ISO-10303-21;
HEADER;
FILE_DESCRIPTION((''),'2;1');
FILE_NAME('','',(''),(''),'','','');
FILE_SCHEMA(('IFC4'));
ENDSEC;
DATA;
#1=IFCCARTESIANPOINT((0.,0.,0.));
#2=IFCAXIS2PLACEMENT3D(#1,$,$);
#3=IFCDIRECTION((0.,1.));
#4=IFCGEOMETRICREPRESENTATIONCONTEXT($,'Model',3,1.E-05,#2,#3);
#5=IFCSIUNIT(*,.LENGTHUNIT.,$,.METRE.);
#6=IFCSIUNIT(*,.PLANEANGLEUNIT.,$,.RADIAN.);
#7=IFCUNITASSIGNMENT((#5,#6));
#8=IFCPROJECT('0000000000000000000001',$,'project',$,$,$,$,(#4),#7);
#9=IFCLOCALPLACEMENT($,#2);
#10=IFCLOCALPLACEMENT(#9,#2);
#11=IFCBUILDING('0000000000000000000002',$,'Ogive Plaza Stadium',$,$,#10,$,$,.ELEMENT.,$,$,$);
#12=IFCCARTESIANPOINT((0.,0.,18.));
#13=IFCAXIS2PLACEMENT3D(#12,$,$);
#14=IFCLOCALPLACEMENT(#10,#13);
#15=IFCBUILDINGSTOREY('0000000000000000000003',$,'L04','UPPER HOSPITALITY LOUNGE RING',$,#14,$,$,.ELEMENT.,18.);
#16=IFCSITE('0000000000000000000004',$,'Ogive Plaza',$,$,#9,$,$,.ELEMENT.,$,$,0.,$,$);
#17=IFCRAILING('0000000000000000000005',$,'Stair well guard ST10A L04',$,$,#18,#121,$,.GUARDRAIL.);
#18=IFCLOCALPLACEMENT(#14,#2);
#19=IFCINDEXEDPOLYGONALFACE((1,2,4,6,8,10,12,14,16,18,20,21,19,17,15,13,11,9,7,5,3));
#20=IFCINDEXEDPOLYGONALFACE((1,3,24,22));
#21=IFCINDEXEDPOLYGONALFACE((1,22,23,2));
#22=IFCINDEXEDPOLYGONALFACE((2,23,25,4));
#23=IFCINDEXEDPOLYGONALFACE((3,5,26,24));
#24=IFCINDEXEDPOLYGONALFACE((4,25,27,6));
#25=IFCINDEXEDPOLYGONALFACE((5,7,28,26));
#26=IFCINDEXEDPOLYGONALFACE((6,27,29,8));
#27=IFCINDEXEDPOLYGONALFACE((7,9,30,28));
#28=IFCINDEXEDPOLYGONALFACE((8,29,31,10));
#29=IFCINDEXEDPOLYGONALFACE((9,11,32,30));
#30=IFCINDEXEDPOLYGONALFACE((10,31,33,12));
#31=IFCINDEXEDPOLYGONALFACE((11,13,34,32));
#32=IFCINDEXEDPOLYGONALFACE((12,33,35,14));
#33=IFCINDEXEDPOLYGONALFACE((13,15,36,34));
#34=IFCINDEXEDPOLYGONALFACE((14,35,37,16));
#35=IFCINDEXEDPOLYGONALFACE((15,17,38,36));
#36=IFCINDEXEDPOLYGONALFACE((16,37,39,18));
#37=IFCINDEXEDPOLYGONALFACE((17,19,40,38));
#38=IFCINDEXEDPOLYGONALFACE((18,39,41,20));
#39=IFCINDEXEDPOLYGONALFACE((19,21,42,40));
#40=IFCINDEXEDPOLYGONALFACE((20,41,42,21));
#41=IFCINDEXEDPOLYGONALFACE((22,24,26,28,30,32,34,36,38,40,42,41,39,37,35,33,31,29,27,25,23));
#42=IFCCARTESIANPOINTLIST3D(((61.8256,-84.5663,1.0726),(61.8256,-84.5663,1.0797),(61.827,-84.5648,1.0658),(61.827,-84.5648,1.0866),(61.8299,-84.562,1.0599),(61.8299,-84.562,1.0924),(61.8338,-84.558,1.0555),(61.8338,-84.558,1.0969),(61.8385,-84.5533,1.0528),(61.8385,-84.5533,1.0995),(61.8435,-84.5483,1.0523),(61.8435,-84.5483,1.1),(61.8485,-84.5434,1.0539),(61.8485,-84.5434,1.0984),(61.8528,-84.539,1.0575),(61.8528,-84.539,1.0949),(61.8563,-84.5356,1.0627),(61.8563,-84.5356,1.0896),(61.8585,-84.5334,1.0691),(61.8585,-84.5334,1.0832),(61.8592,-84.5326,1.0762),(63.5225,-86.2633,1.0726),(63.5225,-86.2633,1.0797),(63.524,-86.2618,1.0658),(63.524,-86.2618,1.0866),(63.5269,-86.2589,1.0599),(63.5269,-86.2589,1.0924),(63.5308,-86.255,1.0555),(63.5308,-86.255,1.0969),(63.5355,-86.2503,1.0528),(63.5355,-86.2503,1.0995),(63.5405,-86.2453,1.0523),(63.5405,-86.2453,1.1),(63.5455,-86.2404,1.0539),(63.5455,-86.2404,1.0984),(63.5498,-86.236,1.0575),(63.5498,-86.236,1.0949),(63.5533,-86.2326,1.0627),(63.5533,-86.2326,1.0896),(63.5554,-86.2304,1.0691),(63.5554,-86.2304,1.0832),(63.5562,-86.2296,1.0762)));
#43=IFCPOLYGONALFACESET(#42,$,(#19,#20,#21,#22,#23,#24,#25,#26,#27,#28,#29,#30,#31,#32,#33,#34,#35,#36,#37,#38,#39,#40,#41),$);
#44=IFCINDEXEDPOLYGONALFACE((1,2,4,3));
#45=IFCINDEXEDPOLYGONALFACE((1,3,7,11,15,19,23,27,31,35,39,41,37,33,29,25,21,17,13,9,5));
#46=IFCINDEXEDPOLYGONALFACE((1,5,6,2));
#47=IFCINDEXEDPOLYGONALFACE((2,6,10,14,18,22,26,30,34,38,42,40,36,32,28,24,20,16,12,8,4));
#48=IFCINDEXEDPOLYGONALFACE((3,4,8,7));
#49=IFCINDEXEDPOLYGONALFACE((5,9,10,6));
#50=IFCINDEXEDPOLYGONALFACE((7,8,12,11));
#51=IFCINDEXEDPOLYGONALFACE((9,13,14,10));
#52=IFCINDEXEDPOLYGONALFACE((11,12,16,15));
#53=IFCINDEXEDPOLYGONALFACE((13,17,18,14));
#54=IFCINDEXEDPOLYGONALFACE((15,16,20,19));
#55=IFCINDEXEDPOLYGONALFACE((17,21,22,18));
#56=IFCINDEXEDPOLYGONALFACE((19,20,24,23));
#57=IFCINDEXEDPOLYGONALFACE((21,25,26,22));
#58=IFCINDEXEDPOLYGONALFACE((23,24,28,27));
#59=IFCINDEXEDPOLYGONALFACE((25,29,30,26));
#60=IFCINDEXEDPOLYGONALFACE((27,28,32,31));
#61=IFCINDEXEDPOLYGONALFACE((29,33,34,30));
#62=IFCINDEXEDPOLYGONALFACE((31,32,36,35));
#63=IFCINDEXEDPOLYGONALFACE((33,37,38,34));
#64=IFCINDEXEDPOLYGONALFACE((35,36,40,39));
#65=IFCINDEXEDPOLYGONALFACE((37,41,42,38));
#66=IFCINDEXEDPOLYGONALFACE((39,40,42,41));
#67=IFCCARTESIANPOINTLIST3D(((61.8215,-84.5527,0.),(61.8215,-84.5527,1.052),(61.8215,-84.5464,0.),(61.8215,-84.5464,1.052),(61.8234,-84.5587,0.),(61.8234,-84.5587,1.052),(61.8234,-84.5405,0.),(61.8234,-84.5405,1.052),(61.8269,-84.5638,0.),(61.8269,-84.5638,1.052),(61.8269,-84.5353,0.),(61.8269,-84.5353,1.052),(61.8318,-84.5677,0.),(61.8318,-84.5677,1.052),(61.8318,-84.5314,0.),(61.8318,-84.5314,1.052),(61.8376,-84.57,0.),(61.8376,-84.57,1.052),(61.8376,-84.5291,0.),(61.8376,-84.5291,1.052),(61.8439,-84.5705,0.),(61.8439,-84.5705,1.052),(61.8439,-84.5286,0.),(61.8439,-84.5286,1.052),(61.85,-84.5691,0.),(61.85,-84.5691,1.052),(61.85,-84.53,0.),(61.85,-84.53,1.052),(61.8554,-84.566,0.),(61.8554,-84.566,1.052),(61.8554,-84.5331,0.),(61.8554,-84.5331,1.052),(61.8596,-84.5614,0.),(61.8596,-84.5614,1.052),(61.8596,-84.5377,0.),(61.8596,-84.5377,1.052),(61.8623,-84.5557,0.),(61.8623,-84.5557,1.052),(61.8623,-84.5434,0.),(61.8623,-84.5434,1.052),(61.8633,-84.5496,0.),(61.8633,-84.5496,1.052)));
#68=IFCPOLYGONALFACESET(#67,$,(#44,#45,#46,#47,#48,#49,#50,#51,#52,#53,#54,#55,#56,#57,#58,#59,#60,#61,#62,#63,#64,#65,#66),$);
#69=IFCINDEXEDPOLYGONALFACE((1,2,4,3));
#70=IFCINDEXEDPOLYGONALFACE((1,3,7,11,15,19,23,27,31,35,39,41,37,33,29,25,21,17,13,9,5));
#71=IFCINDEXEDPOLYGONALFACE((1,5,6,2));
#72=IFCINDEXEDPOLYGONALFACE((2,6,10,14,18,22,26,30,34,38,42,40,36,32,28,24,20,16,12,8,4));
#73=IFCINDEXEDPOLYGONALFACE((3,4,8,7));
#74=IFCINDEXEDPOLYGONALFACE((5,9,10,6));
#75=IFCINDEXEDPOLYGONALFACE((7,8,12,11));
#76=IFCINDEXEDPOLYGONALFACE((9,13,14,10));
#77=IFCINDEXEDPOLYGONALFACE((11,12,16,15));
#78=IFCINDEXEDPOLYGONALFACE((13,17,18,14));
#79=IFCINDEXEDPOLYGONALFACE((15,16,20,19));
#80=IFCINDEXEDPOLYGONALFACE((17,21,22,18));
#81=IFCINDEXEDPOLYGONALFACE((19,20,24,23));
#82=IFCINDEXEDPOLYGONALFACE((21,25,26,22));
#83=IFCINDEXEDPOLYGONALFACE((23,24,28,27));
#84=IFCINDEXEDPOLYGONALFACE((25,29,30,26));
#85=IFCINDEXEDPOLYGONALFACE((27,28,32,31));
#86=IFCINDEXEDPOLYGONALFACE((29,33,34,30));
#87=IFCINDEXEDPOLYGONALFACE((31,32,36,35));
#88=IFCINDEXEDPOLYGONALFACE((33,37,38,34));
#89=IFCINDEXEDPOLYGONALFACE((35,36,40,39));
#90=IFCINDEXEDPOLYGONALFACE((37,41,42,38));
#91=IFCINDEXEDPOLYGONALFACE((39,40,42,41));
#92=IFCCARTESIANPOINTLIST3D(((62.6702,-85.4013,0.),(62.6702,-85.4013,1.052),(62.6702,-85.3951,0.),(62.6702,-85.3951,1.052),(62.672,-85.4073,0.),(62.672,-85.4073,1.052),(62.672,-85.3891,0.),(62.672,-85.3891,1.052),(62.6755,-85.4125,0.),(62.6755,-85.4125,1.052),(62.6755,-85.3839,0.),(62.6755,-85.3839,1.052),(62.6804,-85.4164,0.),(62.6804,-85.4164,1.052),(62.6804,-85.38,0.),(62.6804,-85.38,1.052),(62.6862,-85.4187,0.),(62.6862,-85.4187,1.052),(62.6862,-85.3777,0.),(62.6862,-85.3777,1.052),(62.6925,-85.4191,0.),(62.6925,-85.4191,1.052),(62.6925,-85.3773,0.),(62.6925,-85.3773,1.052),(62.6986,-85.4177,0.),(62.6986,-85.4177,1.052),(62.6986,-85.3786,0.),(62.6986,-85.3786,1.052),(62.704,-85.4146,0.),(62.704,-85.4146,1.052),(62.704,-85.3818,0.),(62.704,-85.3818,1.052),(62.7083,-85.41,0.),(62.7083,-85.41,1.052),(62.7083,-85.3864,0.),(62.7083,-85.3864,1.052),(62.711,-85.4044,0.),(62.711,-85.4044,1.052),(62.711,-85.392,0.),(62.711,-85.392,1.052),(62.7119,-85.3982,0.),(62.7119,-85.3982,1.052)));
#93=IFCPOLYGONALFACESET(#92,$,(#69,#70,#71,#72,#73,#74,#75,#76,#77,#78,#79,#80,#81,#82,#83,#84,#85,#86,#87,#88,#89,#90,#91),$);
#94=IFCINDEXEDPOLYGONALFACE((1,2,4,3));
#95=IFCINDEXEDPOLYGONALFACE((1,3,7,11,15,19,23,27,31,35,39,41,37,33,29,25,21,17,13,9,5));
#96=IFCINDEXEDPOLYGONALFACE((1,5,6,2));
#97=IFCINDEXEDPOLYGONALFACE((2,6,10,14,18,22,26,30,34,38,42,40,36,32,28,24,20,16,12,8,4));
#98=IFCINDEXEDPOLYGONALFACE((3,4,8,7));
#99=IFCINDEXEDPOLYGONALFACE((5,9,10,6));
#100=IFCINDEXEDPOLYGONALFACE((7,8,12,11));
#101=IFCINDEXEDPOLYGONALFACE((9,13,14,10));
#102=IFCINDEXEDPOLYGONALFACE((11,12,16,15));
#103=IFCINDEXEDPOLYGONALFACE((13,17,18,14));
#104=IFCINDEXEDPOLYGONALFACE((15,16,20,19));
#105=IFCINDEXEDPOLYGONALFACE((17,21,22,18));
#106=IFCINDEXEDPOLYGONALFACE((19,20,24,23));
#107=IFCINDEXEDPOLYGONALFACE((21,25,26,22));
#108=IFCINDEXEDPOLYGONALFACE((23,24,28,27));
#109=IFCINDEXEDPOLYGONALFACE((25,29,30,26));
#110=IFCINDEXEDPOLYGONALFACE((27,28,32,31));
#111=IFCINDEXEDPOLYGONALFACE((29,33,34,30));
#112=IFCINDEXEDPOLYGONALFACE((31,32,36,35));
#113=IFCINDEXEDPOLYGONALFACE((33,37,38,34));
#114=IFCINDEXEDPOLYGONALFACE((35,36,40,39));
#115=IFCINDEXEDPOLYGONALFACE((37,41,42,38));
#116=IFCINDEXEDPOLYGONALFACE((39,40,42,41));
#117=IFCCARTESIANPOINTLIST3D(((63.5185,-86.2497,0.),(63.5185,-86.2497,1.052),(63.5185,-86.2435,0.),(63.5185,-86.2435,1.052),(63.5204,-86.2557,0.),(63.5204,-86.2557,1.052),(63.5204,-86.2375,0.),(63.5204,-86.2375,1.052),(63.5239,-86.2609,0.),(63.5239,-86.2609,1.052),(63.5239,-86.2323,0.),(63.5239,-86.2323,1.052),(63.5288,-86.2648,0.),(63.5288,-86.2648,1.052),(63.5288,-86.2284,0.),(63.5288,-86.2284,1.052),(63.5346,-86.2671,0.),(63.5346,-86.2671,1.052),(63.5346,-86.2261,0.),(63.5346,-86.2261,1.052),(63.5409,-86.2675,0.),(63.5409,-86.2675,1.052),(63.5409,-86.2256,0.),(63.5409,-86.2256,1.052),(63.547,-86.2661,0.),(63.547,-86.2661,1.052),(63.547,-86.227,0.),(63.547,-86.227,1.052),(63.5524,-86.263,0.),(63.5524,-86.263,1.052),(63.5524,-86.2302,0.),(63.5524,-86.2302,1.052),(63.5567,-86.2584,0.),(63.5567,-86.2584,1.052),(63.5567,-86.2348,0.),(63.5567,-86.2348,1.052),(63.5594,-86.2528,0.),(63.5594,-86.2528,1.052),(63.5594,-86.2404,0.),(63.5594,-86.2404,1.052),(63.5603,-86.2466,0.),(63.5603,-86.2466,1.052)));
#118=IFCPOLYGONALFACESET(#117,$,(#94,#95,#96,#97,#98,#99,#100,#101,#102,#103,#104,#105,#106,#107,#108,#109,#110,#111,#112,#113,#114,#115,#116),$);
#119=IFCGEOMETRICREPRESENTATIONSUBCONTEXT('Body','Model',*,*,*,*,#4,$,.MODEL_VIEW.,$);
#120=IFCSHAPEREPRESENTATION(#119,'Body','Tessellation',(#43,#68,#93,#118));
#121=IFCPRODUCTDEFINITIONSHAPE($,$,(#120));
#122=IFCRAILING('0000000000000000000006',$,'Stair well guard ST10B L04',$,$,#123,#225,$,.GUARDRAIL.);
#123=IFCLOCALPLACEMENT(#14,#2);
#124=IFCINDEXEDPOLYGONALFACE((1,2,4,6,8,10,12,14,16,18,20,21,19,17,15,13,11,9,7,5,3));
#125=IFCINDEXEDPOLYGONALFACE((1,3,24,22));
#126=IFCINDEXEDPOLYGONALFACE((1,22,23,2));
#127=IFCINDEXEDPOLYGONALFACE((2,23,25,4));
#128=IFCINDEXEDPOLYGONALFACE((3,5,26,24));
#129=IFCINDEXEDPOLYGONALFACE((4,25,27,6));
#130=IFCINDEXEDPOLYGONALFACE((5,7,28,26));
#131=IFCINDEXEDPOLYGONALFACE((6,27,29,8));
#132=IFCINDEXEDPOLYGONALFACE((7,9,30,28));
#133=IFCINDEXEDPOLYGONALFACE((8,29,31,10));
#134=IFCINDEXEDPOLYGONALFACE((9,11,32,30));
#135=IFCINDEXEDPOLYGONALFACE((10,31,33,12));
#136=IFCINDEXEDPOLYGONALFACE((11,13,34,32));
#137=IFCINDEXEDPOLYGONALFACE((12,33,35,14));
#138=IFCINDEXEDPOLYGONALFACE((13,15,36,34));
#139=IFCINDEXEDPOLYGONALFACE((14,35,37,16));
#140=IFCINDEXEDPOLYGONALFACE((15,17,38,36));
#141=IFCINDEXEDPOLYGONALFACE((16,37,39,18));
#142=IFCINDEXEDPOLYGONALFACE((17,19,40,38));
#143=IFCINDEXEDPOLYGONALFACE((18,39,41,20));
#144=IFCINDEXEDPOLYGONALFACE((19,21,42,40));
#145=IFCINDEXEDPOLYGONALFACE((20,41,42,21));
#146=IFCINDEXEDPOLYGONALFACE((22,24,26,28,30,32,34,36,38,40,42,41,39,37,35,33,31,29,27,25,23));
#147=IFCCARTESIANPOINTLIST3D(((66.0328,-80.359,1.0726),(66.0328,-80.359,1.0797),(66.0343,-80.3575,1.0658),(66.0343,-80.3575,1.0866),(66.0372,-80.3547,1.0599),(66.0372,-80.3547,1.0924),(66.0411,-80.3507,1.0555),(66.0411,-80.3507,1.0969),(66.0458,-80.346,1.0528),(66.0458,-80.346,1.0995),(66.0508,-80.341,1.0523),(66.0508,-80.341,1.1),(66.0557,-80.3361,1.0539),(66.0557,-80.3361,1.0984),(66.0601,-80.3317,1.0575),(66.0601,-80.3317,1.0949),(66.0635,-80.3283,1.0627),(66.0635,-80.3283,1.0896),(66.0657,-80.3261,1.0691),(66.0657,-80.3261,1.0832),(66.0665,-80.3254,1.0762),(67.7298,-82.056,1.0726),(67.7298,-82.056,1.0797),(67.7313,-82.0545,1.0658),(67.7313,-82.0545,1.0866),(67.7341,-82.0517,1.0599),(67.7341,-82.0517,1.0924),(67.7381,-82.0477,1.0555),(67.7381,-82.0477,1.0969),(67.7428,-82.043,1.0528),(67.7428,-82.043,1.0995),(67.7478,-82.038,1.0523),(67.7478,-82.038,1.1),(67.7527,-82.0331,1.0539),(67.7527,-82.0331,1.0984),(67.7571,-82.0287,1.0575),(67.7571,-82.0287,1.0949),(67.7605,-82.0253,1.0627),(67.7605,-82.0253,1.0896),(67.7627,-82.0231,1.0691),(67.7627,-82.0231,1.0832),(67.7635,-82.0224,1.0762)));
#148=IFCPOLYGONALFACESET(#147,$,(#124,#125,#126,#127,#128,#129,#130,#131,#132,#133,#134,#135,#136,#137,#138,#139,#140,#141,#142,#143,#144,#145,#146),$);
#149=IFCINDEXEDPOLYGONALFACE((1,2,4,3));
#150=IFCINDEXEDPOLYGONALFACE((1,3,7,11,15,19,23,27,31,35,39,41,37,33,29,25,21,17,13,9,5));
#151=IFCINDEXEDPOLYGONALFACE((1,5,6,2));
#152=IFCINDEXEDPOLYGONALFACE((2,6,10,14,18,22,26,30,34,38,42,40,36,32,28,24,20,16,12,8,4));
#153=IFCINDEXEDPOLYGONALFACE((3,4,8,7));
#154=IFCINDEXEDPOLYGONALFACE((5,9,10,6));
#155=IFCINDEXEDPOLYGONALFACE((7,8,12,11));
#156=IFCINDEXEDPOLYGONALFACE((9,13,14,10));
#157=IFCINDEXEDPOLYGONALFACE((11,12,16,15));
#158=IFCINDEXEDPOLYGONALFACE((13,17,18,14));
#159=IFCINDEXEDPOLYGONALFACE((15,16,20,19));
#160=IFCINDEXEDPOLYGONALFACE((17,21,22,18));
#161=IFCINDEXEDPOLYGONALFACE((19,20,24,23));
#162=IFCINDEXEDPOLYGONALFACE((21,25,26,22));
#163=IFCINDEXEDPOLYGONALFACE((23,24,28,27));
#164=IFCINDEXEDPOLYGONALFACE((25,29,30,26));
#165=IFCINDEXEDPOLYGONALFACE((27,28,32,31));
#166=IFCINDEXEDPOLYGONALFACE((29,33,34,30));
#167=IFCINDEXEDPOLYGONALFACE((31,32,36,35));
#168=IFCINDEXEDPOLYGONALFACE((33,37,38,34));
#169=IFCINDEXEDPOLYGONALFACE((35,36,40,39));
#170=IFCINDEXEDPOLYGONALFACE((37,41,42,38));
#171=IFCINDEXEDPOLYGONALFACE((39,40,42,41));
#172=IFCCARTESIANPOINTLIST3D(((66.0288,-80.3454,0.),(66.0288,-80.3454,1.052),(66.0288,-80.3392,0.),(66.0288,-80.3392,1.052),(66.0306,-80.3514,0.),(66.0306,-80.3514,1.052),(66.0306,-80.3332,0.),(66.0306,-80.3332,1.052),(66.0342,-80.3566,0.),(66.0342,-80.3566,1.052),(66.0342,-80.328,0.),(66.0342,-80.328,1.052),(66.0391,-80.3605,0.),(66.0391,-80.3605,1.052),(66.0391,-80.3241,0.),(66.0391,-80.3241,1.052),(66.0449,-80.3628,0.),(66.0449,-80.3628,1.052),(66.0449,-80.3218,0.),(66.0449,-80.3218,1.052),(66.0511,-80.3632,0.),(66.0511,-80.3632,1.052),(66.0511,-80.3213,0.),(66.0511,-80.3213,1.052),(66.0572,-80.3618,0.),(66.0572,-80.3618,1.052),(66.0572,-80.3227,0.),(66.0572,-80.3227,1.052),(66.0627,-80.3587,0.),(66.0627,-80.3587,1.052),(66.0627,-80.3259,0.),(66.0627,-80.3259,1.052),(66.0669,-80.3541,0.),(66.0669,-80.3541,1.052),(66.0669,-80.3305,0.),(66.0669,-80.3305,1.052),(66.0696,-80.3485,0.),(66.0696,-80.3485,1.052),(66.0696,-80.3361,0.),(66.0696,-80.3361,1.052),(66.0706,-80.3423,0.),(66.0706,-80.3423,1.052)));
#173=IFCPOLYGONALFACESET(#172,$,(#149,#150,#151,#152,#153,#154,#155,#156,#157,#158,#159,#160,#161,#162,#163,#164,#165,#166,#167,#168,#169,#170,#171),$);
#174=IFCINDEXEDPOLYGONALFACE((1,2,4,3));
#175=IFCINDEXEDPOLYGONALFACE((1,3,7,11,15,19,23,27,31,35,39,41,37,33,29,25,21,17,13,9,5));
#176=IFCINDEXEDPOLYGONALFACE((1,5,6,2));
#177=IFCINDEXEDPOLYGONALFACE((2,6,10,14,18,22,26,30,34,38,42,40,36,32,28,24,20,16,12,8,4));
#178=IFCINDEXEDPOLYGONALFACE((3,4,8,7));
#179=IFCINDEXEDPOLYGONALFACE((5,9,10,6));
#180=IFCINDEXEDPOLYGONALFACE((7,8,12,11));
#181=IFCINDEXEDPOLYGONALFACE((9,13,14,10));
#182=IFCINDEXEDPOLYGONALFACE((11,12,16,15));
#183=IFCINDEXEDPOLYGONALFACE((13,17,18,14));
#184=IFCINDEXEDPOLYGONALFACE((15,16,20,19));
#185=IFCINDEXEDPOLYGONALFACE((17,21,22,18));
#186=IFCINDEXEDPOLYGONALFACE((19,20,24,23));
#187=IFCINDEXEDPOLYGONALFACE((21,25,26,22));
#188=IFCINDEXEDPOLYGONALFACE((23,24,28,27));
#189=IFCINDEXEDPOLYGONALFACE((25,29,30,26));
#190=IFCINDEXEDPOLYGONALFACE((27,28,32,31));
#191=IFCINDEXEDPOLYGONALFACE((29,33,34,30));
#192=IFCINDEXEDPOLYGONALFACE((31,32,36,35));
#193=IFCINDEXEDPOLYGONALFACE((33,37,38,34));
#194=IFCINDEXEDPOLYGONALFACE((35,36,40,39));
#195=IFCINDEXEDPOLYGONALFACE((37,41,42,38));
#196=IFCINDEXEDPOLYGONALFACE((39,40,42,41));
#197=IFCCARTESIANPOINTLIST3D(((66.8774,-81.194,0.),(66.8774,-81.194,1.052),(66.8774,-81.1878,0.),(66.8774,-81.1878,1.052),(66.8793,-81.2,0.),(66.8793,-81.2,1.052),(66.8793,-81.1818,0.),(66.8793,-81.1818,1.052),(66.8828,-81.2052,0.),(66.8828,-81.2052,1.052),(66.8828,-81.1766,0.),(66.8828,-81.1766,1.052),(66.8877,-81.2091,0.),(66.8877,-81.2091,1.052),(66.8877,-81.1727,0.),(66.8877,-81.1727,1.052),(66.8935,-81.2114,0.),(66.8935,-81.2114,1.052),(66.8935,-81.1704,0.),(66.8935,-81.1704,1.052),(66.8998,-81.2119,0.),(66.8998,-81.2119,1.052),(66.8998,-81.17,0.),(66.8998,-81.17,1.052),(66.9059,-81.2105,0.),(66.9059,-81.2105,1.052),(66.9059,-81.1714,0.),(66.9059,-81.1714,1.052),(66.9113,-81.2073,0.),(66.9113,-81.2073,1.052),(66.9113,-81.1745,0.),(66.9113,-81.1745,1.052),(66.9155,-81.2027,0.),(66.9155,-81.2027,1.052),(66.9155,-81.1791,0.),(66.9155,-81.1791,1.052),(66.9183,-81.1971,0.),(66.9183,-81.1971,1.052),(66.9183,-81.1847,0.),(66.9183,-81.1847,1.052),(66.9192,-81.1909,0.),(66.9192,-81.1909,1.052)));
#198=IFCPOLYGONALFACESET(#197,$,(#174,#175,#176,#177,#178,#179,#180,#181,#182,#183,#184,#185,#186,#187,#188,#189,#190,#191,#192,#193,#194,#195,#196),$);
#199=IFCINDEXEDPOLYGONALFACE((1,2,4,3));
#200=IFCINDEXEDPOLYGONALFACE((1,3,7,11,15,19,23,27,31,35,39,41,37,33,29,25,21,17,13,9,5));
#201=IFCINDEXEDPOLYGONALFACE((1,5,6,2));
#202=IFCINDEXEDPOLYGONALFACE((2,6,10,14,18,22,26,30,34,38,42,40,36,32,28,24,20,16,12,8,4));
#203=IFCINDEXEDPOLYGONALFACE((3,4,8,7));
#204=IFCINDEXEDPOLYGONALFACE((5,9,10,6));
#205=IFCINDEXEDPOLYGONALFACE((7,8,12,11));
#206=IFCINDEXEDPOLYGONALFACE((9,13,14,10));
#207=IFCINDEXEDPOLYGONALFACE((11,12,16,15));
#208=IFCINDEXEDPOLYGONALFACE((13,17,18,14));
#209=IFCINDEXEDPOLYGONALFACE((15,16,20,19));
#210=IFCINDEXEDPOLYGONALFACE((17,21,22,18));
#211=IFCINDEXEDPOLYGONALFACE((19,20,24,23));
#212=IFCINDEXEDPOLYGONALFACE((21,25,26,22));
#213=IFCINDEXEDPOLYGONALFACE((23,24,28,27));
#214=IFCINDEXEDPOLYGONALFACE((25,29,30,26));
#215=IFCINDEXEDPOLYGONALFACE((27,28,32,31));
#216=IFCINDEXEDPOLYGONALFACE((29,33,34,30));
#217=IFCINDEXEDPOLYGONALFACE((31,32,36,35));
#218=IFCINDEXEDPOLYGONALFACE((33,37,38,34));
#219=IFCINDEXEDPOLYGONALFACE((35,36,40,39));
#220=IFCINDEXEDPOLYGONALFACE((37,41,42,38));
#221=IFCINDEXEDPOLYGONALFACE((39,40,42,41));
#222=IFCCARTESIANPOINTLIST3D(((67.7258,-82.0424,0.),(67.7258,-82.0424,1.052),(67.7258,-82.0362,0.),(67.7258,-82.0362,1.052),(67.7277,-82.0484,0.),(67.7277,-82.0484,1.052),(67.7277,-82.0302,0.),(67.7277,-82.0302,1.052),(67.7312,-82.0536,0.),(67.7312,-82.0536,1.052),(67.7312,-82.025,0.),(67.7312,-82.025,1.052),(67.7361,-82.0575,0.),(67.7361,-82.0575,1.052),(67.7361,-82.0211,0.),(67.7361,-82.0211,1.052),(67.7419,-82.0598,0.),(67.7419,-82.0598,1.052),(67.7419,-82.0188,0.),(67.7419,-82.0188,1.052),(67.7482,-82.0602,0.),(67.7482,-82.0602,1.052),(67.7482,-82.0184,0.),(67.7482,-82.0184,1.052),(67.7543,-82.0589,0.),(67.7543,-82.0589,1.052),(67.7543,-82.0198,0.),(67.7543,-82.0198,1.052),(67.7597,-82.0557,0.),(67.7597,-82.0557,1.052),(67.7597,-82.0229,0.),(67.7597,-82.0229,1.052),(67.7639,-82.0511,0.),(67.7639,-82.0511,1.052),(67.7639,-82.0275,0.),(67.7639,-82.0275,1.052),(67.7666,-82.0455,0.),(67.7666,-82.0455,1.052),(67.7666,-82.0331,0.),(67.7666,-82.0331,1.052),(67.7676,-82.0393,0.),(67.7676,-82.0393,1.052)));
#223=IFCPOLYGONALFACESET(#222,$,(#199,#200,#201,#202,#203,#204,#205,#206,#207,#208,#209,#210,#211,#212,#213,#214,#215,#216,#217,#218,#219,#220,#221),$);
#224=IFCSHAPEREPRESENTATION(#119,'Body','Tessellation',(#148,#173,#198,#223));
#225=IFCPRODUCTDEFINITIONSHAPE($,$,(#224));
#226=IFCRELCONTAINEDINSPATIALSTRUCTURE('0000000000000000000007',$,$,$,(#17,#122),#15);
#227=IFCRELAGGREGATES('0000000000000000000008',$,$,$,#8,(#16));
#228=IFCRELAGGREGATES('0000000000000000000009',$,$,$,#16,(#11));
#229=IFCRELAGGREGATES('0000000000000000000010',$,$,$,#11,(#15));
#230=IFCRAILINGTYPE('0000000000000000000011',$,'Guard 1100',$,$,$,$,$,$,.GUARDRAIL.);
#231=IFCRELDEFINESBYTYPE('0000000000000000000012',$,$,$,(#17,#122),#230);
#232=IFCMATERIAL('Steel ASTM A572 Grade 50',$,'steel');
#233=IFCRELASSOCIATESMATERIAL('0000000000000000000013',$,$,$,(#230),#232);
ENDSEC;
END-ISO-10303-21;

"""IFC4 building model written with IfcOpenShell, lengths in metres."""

from ifc_helpers import new_model, si_unit, direction, frame, origin, origin_2d, place, context, subcontext, project, spatial, circle, extrude, material, type_object, element, save


model = new_model("IFC4")

# Units and contexts
model_context = context("Model", 3, precision=1e-05, world=origin(), true_north=direction((0.0, 1.0)))
body_context = subcontext(model_context, "Body", "Model", "MODEL_VIEW")
ifc_project = project(units=[si_unit("LENGTHUNIT", "METRE"), si_unit("PLANEANGLEUNIT", "RADIAN")], contexts=[model_context])

# Site, building, storey
site_placement = place(None, origin())
site = spatial("IfcSite", under=ifc_project, at=site_placement, Name="Ogive Plaza", CompositionType="ELEMENT", RefElevation=0.0)
building_placement = place(site_placement, origin())
building = spatial("IfcBuilding", under=site, at=building_placement, Name="Ogive Plaza Stadium", CompositionType="ELEMENT")
storey_placement = place(building_placement, frame((0.0, 0.0, 18.0)))
storey = spatial("IfcBuildingStorey", under=building, at=storey_placement, Name="L04", Description="UPPER HOSPITALITY LOUNGE RING", CompositionType="ELEMENT", Elevation=18.0)

# Railings
ifc_material_1 = material(Name="Steel ASTM A572 Grade 50", Category="steel")
railing_type_1 = type_object("IfcRailingType", Name="Guard 1100", PredefinedType="GUARDRAIL", material=ifc_material_1)
for number, where, name in (
    (1, (61.8423, -84.5496, 0.0), "Stair well guard ST10A L04"),
    (2, (66.0496, -80.3423, 0.0), "Stair well guard ST10B L04"),
):
    element("IfcRailing", number, at=place(storey_placement, frame(where)), inside=storey, type_object=railing_type_1, Name=name, PredefinedType="GUARDRAIL", context=body_context, shape_type="SweptSolid", body=[
        extrude(circle(Radius=0.0239, at=origin_2d()), frame((0.0, 0.0, 1.0762), z_axis=(0.707107, -0.707107, 0.0), x_axis=(0.707107, 0.707107, 0.0)), (0.0, 0.0, 1.0), 2.3999),
        extrude(circle(Radius=0.021, at=origin_2d()), origin(), (0.0, 0.0, 1.0), 1.052),
        extrude(circle(Radius=0.021, at=origin_2d()), frame((0.8486, -0.8486, 0.0)), (0.0, 0.0, 1.0), 1.052),
        extrude(circle(Radius=0.021, at=origin_2d()), frame((1.697, -1.697, 0.0)), (0.0, 0.0, 1.0), 1.052),
    ])

save(model, "model.ifc")
